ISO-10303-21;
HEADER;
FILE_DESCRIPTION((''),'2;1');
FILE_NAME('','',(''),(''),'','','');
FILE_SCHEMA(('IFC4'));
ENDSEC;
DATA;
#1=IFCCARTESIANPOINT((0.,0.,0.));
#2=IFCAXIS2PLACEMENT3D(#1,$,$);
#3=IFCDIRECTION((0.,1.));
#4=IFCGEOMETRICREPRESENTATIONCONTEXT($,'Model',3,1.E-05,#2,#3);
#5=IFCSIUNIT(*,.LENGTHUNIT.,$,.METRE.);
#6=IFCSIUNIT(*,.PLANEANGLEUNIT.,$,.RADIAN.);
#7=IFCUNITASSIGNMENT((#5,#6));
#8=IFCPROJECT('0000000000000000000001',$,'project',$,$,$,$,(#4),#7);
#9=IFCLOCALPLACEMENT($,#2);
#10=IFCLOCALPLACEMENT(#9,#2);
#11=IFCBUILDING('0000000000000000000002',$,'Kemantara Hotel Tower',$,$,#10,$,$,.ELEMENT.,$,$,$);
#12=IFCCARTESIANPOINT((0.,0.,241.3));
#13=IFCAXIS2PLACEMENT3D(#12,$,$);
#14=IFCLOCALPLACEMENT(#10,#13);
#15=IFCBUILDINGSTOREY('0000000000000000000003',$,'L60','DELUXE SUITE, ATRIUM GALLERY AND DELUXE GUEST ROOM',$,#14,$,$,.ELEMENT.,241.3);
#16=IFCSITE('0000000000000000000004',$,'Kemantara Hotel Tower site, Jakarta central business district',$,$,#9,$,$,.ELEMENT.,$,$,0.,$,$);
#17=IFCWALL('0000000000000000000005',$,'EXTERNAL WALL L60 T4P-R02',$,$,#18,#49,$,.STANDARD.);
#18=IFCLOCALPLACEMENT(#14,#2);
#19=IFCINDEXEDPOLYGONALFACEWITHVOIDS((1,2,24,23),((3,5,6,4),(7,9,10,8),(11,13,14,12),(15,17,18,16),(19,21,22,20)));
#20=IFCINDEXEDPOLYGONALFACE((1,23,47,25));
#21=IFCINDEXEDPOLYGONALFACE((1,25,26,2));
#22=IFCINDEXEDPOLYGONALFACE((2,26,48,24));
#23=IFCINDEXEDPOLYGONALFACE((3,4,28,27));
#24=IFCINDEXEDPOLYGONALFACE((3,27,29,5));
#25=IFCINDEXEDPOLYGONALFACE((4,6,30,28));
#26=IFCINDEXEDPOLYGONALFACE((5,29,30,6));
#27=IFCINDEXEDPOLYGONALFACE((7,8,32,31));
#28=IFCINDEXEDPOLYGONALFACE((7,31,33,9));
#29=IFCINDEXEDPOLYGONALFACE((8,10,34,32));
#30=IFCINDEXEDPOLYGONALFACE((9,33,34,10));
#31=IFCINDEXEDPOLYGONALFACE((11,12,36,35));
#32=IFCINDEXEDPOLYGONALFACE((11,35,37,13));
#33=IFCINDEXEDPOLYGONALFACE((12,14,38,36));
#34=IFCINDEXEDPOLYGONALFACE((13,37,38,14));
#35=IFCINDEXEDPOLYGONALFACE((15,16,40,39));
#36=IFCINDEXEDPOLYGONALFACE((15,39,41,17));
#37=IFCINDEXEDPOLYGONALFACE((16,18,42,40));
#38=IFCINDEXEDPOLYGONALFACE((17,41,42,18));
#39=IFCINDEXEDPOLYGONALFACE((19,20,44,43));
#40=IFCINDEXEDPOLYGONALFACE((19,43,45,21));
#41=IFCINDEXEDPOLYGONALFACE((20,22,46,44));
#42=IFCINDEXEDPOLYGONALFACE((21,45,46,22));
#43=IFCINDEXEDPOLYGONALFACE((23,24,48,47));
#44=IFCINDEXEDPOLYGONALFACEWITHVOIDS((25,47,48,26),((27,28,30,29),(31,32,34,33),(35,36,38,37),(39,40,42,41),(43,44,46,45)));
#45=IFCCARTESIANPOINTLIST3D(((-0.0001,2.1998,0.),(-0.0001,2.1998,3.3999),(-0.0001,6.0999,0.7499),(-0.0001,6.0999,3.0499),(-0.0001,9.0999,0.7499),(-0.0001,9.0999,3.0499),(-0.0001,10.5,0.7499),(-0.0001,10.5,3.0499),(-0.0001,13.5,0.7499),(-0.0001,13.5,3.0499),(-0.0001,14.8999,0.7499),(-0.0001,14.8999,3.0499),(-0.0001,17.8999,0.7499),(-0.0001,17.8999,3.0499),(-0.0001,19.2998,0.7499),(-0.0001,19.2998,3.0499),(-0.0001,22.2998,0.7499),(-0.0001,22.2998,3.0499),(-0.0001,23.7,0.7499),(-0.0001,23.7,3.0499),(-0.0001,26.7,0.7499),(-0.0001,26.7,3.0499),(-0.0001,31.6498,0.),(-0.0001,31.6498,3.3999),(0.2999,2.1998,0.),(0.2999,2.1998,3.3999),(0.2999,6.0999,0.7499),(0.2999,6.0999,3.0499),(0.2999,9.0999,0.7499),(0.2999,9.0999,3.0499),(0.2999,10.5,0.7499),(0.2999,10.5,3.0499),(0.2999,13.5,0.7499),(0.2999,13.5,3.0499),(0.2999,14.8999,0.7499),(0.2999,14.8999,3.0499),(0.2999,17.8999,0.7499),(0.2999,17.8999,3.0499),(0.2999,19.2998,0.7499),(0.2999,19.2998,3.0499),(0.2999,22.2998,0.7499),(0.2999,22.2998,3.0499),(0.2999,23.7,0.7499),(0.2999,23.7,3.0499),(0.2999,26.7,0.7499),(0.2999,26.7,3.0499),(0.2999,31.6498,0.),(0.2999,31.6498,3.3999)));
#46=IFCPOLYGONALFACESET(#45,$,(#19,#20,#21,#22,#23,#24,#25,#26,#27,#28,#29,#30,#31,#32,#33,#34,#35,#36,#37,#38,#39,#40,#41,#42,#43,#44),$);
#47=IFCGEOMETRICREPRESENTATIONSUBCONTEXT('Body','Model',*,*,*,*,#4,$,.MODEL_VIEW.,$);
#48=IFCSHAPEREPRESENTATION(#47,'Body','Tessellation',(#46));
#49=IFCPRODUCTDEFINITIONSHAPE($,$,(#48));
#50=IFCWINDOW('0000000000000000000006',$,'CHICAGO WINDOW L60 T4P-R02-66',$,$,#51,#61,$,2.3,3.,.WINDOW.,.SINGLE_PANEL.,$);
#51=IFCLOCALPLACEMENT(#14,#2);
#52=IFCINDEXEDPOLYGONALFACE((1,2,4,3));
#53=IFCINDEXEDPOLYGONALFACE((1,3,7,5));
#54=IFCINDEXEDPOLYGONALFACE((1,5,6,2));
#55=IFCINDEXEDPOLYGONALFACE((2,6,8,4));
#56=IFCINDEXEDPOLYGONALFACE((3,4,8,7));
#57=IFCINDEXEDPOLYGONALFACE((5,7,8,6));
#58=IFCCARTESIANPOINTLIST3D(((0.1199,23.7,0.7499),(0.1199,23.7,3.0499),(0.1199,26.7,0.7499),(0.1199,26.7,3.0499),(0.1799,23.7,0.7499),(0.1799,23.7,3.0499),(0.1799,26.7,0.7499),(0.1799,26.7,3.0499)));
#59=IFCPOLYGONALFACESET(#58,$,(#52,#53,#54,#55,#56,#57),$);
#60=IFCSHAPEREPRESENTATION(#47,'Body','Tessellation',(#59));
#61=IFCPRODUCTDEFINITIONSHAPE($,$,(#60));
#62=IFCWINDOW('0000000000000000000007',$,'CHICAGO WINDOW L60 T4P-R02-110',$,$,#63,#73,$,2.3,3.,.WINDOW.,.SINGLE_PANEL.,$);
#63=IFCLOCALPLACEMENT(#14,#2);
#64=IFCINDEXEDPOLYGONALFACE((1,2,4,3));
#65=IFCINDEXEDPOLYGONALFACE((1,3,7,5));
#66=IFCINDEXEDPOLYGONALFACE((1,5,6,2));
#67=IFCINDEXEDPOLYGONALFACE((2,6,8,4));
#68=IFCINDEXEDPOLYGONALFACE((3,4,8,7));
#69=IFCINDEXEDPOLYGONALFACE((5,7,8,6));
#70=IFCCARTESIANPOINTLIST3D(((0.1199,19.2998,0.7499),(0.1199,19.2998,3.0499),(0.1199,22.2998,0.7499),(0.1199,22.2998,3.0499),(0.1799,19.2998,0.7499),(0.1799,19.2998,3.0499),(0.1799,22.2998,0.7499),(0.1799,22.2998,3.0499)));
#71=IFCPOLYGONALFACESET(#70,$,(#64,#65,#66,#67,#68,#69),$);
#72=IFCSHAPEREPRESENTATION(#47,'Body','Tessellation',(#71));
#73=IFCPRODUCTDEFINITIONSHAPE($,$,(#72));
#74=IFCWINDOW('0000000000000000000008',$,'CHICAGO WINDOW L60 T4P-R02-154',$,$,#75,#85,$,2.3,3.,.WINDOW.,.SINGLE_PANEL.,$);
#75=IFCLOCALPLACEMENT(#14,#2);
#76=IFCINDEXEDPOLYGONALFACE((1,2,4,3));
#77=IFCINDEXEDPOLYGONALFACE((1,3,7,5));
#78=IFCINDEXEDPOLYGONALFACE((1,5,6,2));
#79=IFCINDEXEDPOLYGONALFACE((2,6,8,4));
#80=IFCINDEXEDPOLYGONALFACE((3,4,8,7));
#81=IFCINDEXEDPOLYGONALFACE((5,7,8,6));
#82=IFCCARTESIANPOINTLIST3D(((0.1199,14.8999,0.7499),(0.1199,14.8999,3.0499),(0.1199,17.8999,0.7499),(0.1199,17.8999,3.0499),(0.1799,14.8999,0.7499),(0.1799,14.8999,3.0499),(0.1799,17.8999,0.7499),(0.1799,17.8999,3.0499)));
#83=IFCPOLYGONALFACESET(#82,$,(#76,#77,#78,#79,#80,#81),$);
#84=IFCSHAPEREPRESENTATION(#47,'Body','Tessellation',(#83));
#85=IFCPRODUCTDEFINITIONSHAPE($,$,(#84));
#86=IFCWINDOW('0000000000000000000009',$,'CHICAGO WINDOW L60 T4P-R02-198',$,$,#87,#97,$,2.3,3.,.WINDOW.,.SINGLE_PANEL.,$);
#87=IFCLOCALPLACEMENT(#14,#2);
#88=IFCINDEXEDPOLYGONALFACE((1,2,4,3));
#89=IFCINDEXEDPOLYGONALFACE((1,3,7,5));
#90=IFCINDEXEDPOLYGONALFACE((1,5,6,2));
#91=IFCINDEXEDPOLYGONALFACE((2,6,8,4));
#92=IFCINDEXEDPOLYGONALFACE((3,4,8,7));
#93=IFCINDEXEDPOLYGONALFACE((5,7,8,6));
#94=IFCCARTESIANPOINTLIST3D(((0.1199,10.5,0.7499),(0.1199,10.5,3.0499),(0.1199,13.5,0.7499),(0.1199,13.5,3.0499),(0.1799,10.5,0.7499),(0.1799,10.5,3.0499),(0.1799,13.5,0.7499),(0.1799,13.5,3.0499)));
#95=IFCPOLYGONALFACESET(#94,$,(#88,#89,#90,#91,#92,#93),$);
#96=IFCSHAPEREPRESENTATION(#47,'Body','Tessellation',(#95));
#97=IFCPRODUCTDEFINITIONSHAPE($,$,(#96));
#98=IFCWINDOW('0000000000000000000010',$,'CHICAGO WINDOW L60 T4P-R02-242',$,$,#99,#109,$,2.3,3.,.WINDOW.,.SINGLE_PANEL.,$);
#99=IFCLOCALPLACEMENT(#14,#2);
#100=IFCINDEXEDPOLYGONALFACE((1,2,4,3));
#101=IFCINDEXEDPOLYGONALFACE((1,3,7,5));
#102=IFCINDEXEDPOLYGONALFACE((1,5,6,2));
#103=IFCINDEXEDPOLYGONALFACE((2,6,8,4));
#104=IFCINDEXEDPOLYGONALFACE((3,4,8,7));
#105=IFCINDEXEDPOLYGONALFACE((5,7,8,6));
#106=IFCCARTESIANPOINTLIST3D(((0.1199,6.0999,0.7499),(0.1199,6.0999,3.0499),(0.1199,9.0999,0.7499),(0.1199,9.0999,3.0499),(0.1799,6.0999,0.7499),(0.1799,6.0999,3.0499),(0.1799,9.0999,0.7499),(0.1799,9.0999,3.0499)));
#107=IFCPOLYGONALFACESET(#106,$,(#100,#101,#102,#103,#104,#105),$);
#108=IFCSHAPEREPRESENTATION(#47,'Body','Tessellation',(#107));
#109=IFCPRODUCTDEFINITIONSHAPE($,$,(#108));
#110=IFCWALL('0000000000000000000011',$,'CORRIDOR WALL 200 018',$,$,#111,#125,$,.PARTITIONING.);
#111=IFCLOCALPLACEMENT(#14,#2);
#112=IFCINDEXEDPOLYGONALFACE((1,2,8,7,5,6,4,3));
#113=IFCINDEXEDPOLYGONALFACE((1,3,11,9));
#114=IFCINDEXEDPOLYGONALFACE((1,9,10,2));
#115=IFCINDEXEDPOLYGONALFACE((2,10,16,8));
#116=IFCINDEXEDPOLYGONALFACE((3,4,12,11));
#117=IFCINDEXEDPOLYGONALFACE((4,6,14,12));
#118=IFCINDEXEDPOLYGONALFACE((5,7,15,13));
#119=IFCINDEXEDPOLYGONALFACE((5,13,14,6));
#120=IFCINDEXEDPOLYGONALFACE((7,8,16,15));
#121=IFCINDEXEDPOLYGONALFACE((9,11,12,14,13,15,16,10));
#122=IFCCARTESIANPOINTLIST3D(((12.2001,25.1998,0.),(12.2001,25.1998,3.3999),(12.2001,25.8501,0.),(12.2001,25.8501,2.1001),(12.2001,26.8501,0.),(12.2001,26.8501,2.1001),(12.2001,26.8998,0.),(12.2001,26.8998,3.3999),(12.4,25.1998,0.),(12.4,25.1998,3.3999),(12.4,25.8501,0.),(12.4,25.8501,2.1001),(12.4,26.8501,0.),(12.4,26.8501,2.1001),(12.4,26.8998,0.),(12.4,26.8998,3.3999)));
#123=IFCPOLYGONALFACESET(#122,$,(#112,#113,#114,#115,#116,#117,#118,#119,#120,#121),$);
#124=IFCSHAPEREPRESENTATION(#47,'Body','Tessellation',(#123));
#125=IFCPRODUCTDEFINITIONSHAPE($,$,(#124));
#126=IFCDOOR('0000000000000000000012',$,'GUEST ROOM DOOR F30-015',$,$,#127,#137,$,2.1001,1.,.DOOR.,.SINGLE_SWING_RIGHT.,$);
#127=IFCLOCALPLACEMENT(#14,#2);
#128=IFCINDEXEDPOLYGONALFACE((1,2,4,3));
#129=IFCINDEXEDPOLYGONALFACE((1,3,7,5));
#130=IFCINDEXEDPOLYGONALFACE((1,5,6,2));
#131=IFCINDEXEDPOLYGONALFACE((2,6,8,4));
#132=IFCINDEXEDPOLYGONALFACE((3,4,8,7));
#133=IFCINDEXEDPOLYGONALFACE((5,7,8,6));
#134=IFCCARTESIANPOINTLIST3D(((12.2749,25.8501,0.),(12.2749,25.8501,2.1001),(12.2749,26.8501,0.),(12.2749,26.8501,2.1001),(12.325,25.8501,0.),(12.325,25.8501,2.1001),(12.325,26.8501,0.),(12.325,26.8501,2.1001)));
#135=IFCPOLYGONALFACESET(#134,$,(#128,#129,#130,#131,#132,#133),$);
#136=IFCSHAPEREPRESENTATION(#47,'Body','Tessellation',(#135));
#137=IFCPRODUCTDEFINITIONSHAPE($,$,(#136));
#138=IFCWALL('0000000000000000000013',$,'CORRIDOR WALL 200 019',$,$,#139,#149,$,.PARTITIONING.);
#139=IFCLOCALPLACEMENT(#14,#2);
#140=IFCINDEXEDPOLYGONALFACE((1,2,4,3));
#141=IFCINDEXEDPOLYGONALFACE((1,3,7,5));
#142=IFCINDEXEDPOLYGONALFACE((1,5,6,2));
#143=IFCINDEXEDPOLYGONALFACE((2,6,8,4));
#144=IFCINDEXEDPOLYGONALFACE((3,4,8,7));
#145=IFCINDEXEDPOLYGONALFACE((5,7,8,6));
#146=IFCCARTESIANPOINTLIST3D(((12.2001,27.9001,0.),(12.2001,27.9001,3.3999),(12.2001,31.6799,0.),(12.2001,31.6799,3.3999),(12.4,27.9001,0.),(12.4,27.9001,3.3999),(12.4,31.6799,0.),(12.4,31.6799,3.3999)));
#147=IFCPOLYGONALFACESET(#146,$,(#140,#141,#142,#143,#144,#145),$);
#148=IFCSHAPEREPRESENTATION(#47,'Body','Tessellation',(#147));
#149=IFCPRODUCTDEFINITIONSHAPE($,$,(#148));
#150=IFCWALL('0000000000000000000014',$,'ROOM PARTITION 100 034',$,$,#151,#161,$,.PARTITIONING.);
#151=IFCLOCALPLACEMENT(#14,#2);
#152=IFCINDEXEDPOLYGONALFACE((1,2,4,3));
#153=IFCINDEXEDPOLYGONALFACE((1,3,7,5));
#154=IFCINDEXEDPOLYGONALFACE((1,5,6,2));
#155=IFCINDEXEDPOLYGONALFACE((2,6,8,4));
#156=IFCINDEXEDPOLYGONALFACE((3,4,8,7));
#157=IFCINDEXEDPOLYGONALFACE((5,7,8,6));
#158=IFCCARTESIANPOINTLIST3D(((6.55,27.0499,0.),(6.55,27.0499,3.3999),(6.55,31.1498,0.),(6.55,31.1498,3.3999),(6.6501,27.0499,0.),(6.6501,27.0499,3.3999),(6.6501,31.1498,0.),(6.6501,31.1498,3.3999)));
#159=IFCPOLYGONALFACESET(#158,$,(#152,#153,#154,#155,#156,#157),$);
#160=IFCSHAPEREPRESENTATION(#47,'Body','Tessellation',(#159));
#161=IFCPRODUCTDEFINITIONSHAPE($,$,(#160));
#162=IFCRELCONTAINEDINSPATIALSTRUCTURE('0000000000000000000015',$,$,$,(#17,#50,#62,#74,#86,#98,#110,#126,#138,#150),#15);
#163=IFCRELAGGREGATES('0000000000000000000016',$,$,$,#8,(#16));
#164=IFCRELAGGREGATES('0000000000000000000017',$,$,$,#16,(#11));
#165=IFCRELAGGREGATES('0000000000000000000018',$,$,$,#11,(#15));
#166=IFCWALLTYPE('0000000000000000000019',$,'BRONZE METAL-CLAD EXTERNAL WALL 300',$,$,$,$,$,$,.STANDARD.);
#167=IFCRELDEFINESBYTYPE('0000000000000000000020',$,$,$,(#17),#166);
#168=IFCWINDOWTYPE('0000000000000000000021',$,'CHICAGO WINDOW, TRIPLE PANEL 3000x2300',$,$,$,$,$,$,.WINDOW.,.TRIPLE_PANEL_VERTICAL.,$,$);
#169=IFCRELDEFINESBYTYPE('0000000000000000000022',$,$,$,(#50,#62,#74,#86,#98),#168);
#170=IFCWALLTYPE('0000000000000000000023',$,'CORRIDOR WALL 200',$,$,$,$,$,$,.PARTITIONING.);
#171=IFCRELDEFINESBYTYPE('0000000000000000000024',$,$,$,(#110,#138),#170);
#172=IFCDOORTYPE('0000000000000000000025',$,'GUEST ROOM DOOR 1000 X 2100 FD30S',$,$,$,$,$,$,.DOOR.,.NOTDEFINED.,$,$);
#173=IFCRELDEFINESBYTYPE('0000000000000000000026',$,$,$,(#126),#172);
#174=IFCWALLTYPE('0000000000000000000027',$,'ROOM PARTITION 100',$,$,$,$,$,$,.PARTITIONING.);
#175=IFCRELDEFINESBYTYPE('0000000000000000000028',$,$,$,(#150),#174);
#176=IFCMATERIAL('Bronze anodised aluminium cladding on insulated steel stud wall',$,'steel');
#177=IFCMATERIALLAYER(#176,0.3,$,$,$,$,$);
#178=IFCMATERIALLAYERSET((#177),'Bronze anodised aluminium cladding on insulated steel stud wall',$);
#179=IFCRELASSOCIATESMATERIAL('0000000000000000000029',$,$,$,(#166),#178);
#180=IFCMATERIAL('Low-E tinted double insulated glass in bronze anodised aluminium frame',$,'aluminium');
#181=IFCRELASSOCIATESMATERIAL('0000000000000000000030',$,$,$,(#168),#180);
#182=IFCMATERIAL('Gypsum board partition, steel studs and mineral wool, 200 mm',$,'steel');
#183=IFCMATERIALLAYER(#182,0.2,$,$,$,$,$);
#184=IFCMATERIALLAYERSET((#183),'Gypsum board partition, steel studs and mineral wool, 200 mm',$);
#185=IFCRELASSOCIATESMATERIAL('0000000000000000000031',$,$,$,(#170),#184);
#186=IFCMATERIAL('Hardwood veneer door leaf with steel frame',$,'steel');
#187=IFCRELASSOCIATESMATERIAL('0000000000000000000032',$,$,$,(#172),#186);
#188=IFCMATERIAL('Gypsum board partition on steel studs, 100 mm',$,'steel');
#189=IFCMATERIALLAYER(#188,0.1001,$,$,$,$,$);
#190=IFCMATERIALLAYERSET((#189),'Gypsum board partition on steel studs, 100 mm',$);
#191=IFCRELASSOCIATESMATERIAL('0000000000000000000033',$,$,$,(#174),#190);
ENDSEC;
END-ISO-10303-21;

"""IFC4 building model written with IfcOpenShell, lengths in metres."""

from ifc_helpers import new_model, si_unit, direction, frame, frame_2d, origin, place, context, subcontext, project, spatial, rectangle, extrude, material, layer, layer_set, type_object, element, fill, save


model = new_model("IFC4")

# Units and contexts
model_context = context("Model", 3, precision=1e-05, world=origin(), true_north=direction((0.0, 1.0)))
body_context = subcontext(model_context, "Body", "Model", "MODEL_VIEW")
ifc_project = project(units=[si_unit("LENGTHUNIT", "METRE"), si_unit("PLANEANGLEUNIT", "RADIAN")], contexts=[model_context])

# Site, building, storey
site_placement = place(None, origin())
site = spatial("IfcSite", under=ifc_project, at=site_placement, Name="Kemantara Hotel Tower site, Jakarta central business district", CompositionType="ELEMENT", RefElevation=0.0)
building_placement = place(site_placement, origin())
building = spatial("IfcBuilding", under=site, at=building_placement, Name="Kemantara Hotel Tower", CompositionType="ELEMENT")
storey_placement = place(building_placement, frame((0.0, 0.0, 241.3)))
storey = spatial("IfcBuildingStorey", under=building, at=storey_placement, Name="L60", Description="DELUXE SUITE, ATRIUM GALLERY AND DELUXE GUEST ROOM", CompositionType="ELEMENT", Elevation=241.3)

# Wall, openings, windows
ifc_material_1 = material(Name="Bronze anodised aluminium cladding on insulated steel stud wall", Category="steel")
ifc_layer_1 = layer(ifc_material_1, 0.3)
ifc_layer_set_1 = layer_set([ifc_layer_1], Name="Bronze anodised aluminium cladding on insulated steel stud wall")
wall_type_1 = type_object("IfcWallType", Name="BRONZE METAL-CLAD EXTERNAL WALL 300", PredefinedType="STANDARD", material=ifc_layer_set_1)
wall_1_placement = place(storey_placement, frame((0.1499, 31.6499, 0.0), z_axis=(0.0, 0.0, 1.0), x_axis=(0.0, -1.0, 0.0)))
wall_1 = element("IfcWall", 1, at=wall_1_placement, inside=storey, type_object=wall_type_1, Name="EXTERNAL WALL L60 T4P-R02", PredefinedType="STANDARD", context=body_context, shape_type="SweptSolid", body=[
    extrude(rectangle(XDim=29.45, YDim=0.3, at=frame_2d((14.7251, 0.0))), origin(), (0.0, 0.0, 1.0), 3.3999),
])
opening_1_placement = place(wall_1_placement, frame((4.95, 0.0, 0.75)))
opening_1 = element("IfcOpeningElement", 2, at=opening_1_placement, cuts=wall_1, PredefinedType="OPENING", context=body_context, shape_type="SweptSolid", body=[
    extrude(rectangle(XDim=3.0, YDim=2.3, at=frame_2d((1.5, 1.1499))), frame((0.0, 0.1599, 0.0), z_axis=(0.0, -1.0, 0.0), x_axis=(1.0, 0.0, 0.0)), (0.0, 0.0, 1.0), 0.3201),
])
opening_2_placement = place(wall_1_placement, frame((9.3501, 0.0, 0.75)))
opening_2 = element("IfcOpeningElement", 3, at=opening_2_placement, cuts=wall_1, PredefinedType="OPENING", context=body_context, shape_type="SweptSolid", body=[
    extrude(rectangle(XDim=3.0, YDim=2.3, at=frame_2d((1.5, 1.1499))), frame((0.0, 0.1599, 0.0), z_axis=(0.0, -1.0, 0.0), x_axis=(1.0, 0.0, 0.0)), (0.0, 0.0, 1.0), 0.3201),
])
opening_3_placement = place(wall_1_placement, frame((13.75, 0.0, 0.75)))
opening_3 = element("IfcOpeningElement", 4, at=opening_3_placement, cuts=wall_1, PredefinedType="OPENING", context=body_context, shape_type="SweptSolid", body=[
    extrude(rectangle(XDim=3.0, YDim=2.3, at=frame_2d((1.5, 1.1499))), frame((0.0, 0.1599, 0.0), z_axis=(0.0, -1.0, 0.0), x_axis=(1.0, 0.0, 0.0)), (0.0, 0.0, 1.0), 0.3201),
])
opening_4_placement = place(wall_1_placement, frame((18.1499, 0.0, 0.75)))
opening_4 = element("IfcOpeningElement", 5, at=opening_4_placement, cuts=wall_1, PredefinedType="OPENING", context=body_context, shape_type="SweptSolid", body=[
    extrude(rectangle(XDim=3.0, YDim=2.3, at=frame_2d((1.5, 1.1499))), frame((0.0, 0.1599, 0.0), z_axis=(0.0, -1.0, 0.0), x_axis=(1.0, 0.0, 0.0)), (0.0, 0.0, 1.0), 0.3201),
])
opening_5_placement = place(wall_1_placement, frame((22.55, 0.0, 0.75)))
opening_5 = element("IfcOpeningElement", 6, at=opening_5_placement, cuts=wall_1, PredefinedType="OPENING", context=body_context, shape_type="SweptSolid", body=[
    extrude(rectangle(XDim=3.0, YDim=2.3, at=frame_2d((1.5, 1.1499))), frame((0.0, 0.1599, 0.0), z_axis=(0.0, -1.0, 0.0), x_axis=(1.0, 0.0, 0.0)), (0.0, 0.0, 1.0), 0.3201),
])
ifc_material_2 = material(Name="Low-E tinted double insulated glass in bronze anodised aluminium frame", Category="aluminium")
window_type = type_object("IfcWindowType", Name="CHICAGO WINDOW, TRIPLE PANEL 3000x2300", PartitioningType="TRIPLE_PANEL_VERTICAL", PredefinedType="WINDOW", material=ifc_material_2)
window_1_placement = place(opening_1_placement, origin())
window_1 = element("IfcWindow", 7, at=window_1_placement, inside=storey, type_object=window_type, Name="CHICAGO WINDOW L60 T4P-R02-66", OverallHeight=2.3, OverallWidth=3.0, PartitioningType="SINGLE_PANEL", PredefinedType="WINDOW", context=body_context, shape_type="SweptSolid", body=[
    extrude(rectangle(XDim=3.0, YDim=2.3, at=frame_2d((1.5, 1.1499))), frame((0.0, 0.03, 0.0), z_axis=(0.0, -1.0, 0.0), x_axis=(1.0, 0.0, 0.0)), (0.0, 0.0, 1.0), 0.0601),
])
fill(opening_1, window_1)
window_2_placement = place(opening_2_placement, origin())
window_2 = element("IfcWindow", 8, at=window_2_placement, inside=storey, type_object=window_type, Name="CHICAGO WINDOW L60 T4P-R02-110", OverallHeight=2.3, OverallWidth=3.0, PartitioningType="SINGLE_PANEL", PredefinedType="WINDOW", context=body_context, shape_type="SweptSolid", body=[
    extrude(rectangle(XDim=3.0, YDim=2.3, at=frame_2d((1.5, 1.1499))), frame((0.0, 0.03, 0.0), z_axis=(0.0, -1.0, 0.0), x_axis=(1.0, 0.0, 0.0)), (0.0, 0.0, 1.0), 0.0601),
])
fill(opening_2, window_2)
window_3_placement = place(opening_3_placement, origin())
window_3 = element("IfcWindow", 9, at=window_3_placement, inside=storey, type_object=window_type, Name="CHICAGO WINDOW L60 T4P-R02-154", OverallHeight=2.3, OverallWidth=3.0, PartitioningType="SINGLE_PANEL", PredefinedType="WINDOW", context=body_context, shape_type="SweptSolid", body=[
    extrude(rectangle(XDim=3.0, YDim=2.3, at=frame_2d((1.5, 1.1499))), frame((0.0, 0.03, 0.0), z_axis=(0.0, -1.0, 0.0), x_axis=(1.0, 0.0, 0.0)), (0.0, 0.0, 1.0), 0.0601),
])
fill(opening_3, window_3)
window_4_placement = place(opening_4_placement, origin())
window_4 = element("IfcWindow", 10, at=window_4_placement, inside=storey, type_object=window_type, Name="CHICAGO WINDOW L60 T4P-R02-198", OverallHeight=2.3, OverallWidth=3.0, PartitioningType="SINGLE_PANEL", PredefinedType="WINDOW", context=body_context, shape_type="SweptSolid", body=[
    extrude(rectangle(XDim=3.0, YDim=2.3, at=frame_2d((1.5, 1.1499))), frame((0.0, 0.03, 0.0), z_axis=(0.0, -1.0, 0.0), x_axis=(1.0, 0.0, 0.0)), (0.0, 0.0, 1.0), 0.0601),
])
fill(opening_4, window_4)
window_5_placement = place(opening_5_placement, origin())
window_5 = element("IfcWindow", 11, at=window_5_placement, inside=storey, type_object=window_type, Name="CHICAGO WINDOW L60 T4P-R02-242", OverallHeight=2.3, OverallWidth=3.0, PartitioningType="SINGLE_PANEL", PredefinedType="WINDOW", context=body_context, shape_type="SweptSolid", body=[
    extrude(rectangle(XDim=3.0, YDim=2.3, at=frame_2d((1.5, 1.1499))), frame((0.0, 0.03, 0.0), z_axis=(0.0, -1.0, 0.0), x_axis=(1.0, 0.0, 0.0)), (0.0, 0.0, 1.0), 0.0601),
])
fill(opening_5, window_5)

# Wall, opening, door
ifc_material_3 = material(Name="Gypsum board partition, steel studs and mineral wool, 200 mm", Category="steel")
ifc_layer_2 = layer(ifc_material_3, 0.2)
ifc_layer_set_2 = layer_set([ifc_layer_2], Name="Gypsum board partition, steel studs and mineral wool, 200 mm")
wall_type_2 = type_object("IfcWallType", Name="CORRIDOR WALL 200", PredefinedType="PARTITIONING", material=ifc_layer_set_2)
wall_2_placement = place(storey_placement, frame((12.3, 26.8999, 0.0), z_axis=(0.0, 0.0, 1.0), x_axis=(0.0, -1.0, 0.0)))
wall_2 = element("IfcWall", 12, at=wall_2_placement, inside=storey, type_object=wall_type_2, Name="CORRIDOR WALL 200 018", PredefinedType="PARTITIONING", context=body_context, shape_type="SweptSolid", body=[
    extrude(rectangle(XDim=1.7, YDim=0.2, at=frame_2d((0.8501, 0.0))), origin(), (0.0, 0.0, 1.0), 3.3999),
])
opening_6_placement = place(wall_2_placement, frame((0.0498, 0.0, 0.0)))
opening_6 = element("IfcOpeningElement", 13, at=opening_6_placement, cuts=wall_2, PredefinedType="OPENING", context=body_context, shape_type="SweptSolid", body=[
    extrude(rectangle(XDim=1.0, YDim=2.1001, at=frame_2d((0.5, 1.05))), frame((0.0, 0.1099, 0.0), z_axis=(0.0, -1.0, 0.0), x_axis=(1.0, 0.0, 0.0)), (0.0, 0.0, 1.0), 0.22),
])
ifc_material_4 = material(Name="Hardwood veneer door leaf with steel frame", Category="steel")
door_type_1 = type_object("IfcDoorType", Name="GUEST ROOM DOOR 1000 X 2100 FD30S", OperationType="NOTDEFINED", PredefinedType="DOOR", material=ifc_material_4)
door_1_placement = place(opening_6_placement, origin())
door_1 = element("IfcDoor", 14, at=door_1_placement, inside=storey, type_object=door_type_1, Name="GUEST ROOM DOOR F30-015", OperationType="SINGLE_SWING_RIGHT", OverallHeight=2.1001, OverallWidth=1.0, PredefinedType="DOOR", context=body_context, shape_type="SweptSolid", body=[
    extrude(rectangle(XDim=1.0, YDim=2.1001, at=frame_2d((0.5, 1.05))), frame((0.0, 0.0249, 0.0), z_axis=(0.0, -1.0, 0.0), x_axis=(1.0, 0.0, 0.0)), (0.0, 0.0, 1.0), 0.05),
])
fill(opening_6, door_1)

# Walls
wall_3_placement = place(storey_placement, frame((12.3, 27.9001, 0.0), z_axis=(0.0, 0.0, 1.0), x_axis=(0.0, 1.0, 0.0)))
element("IfcWall", 15, at=wall_3_placement, inside=storey, type_object=wall_type_2, Name="CORRIDOR WALL 200 019", PredefinedType="PARTITIONING", context=body_context, shape_type="SweptSolid", body=[
    extrude(rectangle(XDim=3.7798, YDim=0.2, at=frame_2d((1.8899, 0.0))), origin(), (0.0, 0.0, 1.0), 3.3999),
])
ifc_material_5 = material(Name="Gypsum board partition on steel studs, 100 mm", Category="steel")
ifc_layer_3 = layer(ifc_material_5, 0.1001)
ifc_layer_set_3 = layer_set([ifc_layer_3], Name="Gypsum board partition on steel studs, 100 mm")
wall_type_3 = type_object("IfcWallType", Name="ROOM PARTITION 100", PredefinedType="PARTITIONING", material=ifc_layer_set_3)
wall_4_placement = place(storey_placement, frame((6.6001, 27.05, 0.0), z_axis=(0.0, 0.0, 1.0), x_axis=(0.0, 1.0, 0.0)))
element("IfcWall", 16, at=wall_4_placement, inside=storey, type_object=wall_type_3, Name="ROOM PARTITION 100 034", PredefinedType="PARTITIONING", context=body_context, shape_type="SweptSolid", body=[
    extrude(rectangle(XDim=4.0999, YDim=0.1001, at=frame_2d((2.0498, 0.0))), origin(), (0.0, 0.0, 1.0), 3.3999),
])

save(model, "model.ifc")
